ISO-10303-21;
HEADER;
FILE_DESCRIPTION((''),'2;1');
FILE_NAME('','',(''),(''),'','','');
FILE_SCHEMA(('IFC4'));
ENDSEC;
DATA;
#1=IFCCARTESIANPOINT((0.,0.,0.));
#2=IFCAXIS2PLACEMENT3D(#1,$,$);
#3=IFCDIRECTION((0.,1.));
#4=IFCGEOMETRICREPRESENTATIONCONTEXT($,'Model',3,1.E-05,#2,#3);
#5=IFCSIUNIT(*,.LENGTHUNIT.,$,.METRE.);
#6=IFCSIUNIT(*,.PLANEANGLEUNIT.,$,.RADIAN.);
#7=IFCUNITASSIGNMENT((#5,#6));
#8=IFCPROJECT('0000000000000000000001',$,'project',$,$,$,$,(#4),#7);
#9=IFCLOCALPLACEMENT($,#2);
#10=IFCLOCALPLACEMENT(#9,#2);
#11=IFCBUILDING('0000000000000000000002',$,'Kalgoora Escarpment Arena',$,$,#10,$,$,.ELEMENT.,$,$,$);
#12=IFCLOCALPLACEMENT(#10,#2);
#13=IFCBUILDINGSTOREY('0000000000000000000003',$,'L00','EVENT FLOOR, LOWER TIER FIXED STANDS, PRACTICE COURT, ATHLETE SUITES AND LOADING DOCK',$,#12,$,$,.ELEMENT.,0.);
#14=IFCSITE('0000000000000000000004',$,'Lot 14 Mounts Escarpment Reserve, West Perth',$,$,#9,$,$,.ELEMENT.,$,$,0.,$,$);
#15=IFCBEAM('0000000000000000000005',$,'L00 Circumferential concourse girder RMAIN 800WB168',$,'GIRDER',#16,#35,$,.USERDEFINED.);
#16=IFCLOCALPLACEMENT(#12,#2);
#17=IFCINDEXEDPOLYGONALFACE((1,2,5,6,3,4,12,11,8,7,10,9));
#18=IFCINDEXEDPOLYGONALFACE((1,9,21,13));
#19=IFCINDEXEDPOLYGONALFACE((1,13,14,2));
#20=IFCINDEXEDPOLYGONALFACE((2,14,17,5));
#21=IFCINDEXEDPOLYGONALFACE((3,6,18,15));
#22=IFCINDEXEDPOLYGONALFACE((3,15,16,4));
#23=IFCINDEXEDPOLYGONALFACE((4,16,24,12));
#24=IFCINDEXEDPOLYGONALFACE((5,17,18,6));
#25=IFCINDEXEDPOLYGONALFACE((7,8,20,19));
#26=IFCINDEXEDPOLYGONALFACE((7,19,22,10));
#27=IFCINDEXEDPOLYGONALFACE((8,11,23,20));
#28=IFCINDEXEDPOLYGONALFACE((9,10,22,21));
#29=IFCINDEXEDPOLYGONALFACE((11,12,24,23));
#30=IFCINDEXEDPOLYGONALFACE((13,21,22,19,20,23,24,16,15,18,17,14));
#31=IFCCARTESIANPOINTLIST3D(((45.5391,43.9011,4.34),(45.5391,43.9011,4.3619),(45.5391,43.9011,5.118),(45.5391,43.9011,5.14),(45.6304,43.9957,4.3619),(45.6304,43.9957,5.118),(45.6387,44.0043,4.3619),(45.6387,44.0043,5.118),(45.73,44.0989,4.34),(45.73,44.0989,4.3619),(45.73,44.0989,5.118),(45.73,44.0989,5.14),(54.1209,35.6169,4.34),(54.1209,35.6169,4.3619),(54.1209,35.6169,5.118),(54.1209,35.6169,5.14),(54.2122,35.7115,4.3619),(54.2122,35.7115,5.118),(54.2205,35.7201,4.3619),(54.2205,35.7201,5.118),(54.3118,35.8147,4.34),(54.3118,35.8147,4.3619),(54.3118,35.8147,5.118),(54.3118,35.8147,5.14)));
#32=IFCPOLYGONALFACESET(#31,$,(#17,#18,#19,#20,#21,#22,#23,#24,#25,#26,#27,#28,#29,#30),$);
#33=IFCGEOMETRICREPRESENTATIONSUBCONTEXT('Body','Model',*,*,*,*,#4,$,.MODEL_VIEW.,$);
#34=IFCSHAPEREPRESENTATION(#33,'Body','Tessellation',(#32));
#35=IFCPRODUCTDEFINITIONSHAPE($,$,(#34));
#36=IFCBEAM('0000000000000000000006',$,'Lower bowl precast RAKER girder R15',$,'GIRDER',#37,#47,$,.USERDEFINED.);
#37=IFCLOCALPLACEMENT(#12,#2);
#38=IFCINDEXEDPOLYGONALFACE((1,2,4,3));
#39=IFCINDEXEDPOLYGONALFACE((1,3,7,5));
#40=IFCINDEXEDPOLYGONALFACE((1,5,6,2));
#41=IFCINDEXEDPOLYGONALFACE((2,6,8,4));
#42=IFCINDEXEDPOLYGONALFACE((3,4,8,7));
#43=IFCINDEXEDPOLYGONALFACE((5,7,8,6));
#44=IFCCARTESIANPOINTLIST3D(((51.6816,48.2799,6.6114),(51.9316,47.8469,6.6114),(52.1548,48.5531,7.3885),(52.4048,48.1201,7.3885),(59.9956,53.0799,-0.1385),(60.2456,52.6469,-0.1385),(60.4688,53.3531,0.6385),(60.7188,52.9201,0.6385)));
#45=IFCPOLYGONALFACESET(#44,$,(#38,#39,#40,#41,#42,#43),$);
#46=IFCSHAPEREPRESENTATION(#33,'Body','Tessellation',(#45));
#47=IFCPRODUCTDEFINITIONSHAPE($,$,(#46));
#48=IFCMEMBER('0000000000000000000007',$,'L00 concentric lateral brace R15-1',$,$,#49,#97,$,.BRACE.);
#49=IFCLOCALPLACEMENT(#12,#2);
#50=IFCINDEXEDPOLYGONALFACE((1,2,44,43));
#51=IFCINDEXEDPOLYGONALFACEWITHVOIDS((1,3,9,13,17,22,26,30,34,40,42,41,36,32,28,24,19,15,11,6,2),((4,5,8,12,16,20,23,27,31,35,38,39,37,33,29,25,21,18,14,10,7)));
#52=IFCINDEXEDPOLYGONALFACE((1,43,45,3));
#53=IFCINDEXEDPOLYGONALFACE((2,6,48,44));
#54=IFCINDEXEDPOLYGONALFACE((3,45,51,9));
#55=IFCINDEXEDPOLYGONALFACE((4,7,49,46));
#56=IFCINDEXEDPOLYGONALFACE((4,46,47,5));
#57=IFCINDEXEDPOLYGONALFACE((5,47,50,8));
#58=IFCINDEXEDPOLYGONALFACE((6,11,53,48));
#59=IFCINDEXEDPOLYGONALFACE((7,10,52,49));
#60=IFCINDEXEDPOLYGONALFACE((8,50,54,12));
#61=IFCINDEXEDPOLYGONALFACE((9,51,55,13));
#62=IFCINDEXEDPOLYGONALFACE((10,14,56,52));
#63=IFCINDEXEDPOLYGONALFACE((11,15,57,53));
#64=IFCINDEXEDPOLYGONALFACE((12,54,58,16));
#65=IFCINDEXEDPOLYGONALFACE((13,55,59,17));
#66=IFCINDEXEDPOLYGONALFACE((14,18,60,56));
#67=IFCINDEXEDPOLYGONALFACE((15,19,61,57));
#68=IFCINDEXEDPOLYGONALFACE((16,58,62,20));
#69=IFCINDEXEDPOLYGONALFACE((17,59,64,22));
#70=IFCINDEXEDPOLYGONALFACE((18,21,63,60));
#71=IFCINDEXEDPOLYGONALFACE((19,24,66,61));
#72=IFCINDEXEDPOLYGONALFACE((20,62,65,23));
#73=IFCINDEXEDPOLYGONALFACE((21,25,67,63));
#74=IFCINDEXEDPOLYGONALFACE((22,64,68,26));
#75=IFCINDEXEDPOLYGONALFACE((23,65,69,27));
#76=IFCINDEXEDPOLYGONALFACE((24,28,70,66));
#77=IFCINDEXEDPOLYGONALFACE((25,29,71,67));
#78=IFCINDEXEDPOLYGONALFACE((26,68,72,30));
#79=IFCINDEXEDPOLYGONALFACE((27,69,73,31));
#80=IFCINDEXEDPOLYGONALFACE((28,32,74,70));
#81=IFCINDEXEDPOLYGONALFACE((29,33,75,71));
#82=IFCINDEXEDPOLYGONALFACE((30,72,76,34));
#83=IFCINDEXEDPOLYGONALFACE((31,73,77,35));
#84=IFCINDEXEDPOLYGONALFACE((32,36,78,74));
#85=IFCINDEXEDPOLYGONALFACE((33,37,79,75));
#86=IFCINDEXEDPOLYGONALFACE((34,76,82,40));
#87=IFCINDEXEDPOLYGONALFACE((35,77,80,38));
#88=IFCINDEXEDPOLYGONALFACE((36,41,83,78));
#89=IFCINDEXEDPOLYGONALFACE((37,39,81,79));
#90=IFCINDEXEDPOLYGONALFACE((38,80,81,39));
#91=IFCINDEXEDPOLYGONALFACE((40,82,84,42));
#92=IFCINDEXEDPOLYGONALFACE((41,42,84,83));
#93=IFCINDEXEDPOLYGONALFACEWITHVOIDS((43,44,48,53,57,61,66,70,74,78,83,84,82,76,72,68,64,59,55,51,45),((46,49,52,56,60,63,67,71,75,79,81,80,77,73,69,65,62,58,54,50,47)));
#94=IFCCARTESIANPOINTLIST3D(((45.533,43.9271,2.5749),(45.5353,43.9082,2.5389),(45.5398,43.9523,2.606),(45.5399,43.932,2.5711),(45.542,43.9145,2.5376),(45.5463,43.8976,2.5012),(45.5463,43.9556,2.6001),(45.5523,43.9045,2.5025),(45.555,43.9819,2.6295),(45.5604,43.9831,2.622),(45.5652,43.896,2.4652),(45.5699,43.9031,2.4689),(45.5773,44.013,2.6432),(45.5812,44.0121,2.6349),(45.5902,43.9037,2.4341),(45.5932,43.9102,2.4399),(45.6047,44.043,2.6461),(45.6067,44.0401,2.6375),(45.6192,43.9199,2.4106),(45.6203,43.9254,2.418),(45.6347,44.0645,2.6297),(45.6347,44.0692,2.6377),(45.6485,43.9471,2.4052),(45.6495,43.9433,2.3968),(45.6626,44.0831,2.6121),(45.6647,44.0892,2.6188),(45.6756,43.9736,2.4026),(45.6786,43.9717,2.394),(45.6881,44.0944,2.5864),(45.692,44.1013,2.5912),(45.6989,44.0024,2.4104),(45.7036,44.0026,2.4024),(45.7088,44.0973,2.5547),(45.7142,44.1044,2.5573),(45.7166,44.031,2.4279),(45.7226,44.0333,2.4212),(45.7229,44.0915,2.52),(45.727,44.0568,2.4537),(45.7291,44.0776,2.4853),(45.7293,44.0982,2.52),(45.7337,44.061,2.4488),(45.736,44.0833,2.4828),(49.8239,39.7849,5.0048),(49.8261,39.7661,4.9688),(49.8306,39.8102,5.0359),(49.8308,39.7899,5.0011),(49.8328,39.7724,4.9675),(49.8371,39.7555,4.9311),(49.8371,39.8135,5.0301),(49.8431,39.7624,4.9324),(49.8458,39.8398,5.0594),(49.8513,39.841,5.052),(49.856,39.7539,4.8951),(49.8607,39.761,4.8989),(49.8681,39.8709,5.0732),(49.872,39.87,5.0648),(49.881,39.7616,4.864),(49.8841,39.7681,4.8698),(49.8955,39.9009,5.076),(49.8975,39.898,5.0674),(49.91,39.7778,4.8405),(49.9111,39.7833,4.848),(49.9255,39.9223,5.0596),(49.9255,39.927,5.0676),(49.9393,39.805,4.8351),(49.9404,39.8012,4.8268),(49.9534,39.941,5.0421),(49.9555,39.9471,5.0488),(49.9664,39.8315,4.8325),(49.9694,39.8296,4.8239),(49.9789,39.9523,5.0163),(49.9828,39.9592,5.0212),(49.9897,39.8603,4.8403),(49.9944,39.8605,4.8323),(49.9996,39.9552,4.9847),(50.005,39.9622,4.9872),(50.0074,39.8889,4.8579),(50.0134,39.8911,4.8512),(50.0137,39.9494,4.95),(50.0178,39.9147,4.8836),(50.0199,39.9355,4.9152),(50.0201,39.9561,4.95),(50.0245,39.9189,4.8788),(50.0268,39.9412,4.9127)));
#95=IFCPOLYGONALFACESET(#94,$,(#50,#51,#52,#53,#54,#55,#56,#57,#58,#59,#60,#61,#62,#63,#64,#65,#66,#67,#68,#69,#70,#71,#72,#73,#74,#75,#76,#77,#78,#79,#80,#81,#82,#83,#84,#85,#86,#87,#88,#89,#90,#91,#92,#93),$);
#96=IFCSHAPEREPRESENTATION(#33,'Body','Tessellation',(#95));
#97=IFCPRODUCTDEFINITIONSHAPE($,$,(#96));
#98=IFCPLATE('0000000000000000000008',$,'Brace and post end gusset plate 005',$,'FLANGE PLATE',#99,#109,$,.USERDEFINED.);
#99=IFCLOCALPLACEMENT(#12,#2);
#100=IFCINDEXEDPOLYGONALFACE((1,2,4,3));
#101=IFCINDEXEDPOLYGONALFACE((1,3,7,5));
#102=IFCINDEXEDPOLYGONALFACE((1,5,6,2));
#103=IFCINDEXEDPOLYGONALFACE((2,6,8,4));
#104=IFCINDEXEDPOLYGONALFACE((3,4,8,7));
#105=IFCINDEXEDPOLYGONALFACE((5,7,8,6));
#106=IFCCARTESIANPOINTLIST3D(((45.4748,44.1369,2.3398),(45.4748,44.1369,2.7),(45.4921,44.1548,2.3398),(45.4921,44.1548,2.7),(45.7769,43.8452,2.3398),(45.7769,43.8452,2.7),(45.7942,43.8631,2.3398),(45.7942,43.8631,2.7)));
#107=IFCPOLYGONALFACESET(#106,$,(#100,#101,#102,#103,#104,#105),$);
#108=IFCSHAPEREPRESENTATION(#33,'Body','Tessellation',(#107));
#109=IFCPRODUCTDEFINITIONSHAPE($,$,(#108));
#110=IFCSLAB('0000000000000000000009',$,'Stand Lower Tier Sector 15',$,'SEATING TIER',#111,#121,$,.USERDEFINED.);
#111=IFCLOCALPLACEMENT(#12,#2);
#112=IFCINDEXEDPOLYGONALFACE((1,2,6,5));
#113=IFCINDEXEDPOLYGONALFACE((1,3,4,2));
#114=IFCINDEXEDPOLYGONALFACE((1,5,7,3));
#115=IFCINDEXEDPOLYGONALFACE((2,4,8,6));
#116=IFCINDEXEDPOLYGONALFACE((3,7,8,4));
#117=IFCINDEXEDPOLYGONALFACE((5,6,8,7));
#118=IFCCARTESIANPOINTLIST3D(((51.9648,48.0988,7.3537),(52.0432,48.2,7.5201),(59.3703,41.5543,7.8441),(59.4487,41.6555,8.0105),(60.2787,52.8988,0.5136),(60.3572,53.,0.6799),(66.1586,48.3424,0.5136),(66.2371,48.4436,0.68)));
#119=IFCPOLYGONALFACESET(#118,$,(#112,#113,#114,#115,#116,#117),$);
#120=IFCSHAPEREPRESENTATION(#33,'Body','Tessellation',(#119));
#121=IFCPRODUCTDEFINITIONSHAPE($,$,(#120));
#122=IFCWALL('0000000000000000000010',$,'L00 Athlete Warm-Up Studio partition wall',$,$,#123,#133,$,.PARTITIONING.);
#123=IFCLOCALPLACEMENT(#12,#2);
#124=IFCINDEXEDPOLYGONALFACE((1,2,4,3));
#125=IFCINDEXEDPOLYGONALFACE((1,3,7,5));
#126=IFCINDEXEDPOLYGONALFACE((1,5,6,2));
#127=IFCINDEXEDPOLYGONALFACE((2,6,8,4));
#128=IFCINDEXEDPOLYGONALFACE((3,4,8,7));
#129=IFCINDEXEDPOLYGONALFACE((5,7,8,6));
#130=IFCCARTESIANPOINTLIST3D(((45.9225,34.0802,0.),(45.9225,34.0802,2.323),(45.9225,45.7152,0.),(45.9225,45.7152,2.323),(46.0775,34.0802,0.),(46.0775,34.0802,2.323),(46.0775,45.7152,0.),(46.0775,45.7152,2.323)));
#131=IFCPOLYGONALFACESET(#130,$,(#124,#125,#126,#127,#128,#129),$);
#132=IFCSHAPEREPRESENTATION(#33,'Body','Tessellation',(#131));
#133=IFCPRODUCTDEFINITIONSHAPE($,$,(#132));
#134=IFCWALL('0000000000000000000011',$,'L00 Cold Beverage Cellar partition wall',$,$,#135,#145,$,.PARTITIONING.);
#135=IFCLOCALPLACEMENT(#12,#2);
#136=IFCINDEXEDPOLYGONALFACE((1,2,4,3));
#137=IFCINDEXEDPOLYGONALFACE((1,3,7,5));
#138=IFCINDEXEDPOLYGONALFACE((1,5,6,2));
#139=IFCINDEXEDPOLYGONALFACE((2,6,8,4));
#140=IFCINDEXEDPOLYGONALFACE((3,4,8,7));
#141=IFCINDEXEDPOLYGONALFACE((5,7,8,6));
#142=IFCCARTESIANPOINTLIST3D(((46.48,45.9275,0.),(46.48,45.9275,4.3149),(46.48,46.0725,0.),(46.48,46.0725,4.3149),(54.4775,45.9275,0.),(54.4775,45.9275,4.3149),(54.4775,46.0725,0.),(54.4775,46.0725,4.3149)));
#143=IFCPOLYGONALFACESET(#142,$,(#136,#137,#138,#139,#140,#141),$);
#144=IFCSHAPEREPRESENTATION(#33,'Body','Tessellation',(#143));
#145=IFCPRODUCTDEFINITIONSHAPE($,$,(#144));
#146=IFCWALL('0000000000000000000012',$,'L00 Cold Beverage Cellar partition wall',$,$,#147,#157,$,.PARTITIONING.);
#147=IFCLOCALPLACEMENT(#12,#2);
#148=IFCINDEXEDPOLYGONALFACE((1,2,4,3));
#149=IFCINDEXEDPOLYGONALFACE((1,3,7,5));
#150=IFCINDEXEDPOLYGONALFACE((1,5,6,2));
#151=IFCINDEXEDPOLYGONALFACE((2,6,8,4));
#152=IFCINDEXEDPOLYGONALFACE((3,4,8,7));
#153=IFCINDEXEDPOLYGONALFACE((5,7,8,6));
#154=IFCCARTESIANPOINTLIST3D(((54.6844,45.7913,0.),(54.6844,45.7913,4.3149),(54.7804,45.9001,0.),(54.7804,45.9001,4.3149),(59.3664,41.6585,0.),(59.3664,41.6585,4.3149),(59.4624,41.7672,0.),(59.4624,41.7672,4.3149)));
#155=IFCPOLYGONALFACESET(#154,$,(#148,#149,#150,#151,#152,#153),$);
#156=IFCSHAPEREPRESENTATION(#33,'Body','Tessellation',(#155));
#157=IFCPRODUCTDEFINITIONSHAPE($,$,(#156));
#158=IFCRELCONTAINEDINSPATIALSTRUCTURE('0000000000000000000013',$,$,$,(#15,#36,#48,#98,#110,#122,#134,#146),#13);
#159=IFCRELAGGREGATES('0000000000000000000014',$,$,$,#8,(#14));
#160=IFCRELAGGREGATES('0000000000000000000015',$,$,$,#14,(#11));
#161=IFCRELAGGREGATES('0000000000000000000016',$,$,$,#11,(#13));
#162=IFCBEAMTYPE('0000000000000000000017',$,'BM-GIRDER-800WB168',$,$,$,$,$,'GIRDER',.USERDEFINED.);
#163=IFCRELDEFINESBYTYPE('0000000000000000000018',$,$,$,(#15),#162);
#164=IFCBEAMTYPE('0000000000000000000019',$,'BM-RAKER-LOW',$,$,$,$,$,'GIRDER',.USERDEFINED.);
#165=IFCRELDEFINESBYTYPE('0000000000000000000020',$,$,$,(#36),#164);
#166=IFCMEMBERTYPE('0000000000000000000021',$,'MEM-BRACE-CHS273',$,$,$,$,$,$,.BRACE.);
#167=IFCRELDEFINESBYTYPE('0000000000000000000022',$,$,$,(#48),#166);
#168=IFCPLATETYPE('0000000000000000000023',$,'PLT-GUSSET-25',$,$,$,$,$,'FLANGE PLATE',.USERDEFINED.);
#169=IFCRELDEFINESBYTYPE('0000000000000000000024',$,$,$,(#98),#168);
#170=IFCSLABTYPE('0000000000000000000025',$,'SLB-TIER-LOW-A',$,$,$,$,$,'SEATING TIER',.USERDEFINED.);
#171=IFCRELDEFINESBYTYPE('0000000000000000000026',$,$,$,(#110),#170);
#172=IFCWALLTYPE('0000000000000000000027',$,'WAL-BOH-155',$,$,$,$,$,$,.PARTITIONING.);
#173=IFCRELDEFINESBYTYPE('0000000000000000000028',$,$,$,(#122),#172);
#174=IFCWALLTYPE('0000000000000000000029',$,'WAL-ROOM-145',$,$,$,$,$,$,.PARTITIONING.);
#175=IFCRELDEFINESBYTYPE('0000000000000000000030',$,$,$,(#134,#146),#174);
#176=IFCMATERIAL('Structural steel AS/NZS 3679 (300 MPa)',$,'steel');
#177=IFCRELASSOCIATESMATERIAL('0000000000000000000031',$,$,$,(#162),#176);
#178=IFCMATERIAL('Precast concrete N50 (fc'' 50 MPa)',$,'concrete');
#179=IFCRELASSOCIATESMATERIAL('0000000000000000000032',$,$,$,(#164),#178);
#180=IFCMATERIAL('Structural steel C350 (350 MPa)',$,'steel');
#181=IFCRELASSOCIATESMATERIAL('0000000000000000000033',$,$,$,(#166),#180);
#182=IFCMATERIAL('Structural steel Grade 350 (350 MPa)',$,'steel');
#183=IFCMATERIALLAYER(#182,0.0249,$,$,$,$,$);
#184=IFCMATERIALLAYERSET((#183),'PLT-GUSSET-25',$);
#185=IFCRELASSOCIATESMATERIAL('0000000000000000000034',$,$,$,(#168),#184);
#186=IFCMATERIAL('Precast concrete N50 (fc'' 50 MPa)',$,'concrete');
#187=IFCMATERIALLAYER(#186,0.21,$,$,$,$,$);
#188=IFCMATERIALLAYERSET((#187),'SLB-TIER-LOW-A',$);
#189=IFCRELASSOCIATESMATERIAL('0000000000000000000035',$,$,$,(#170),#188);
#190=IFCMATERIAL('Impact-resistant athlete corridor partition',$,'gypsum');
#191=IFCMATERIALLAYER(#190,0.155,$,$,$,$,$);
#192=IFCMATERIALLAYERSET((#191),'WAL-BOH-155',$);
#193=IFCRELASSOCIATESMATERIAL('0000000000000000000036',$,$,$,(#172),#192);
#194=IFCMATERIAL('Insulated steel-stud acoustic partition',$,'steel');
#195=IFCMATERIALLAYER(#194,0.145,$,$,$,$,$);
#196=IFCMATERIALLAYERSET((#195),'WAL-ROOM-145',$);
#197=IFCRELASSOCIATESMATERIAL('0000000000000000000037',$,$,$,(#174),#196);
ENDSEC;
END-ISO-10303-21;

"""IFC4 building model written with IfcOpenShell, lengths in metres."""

from ifc_helpers import new_model, si_unit, direction, frame, frame_2d, origin, origin_2d, place, context, subcontext, project, spatial, polyline, rectangle, hollow_circle, i_section, outline, extrude, material, layer, layer_set, material_profile, profile_set, type_object, element, save


model = new_model("IFC4")

# Units and contexts
model_context = context("Model", 3, precision=1e-05, world=origin(), true_north=direction((0.0, 1.0)))
body_context = subcontext(model_context, "Body", "Model", "MODEL_VIEW")
ifc_project = project(units=[si_unit("LENGTHUNIT", "METRE"), si_unit("PLANEANGLEUNIT", "RADIAN")], contexts=[model_context])

# Site, building, storey
site_placement = place(None, origin())
site = spatial("IfcSite", under=ifc_project, at=site_placement, Name="Lot 14 Mounts Escarpment Reserve, West Perth", CompositionType="ELEMENT", RefElevation=0.0)
building_placement = place(site_placement, origin())
building = spatial("IfcBuilding", under=site, at=building_placement, Name="Kalgoora Escarpment Arena", CompositionType="ELEMENT")
storey_placement = place(building_placement, origin())
storey = spatial("IfcBuildingStorey", under=building, at=storey_placement, Name="L00", Description="EVENT FLOOR, LOWER TIER FIXED STANDS, PRACTICE COURT, ATHLETE SUITES AND LOADING DOCK", CompositionType="ELEMENT", Elevation=0.0)

# Beams
ifc_material_1 = material(Name="Structural steel AS/NZS 3679 (300 MPa)", Category="steel")
ifc_material_profile_1 = material_profile(ifc_material_1, i_section(OverallWidth=0.2749, OverallDepth=0.8, WebThickness=0.012, FlangeThickness=0.022, at=origin_2d()))
ifc_profile_set_1 = profile_set([ifc_material_profile_1], Name="Structural steel AS/NZS 3679 (300 MPa)")
beam_type_1 = type_object("IfcBeamType", Name="BM-GIRDER-800WB168", ElementType="GIRDER", PredefinedType="USERDEFINED", material=ifc_profile_set_1)
beam_1_placement = place(storey_placement, frame((45.6345, 44.0, 4.74), z_axis=(0.719472, -0.694521, 0.0), x_axis=(0.694521, 0.719472, 0.0)))
element("IfcBeam", 1, at=beam_1_placement, inside=storey, type_object=beam_type_1, Name="L00 Circumferential concourse girder RMAIN 800WB168", ObjectType="GIRDER", PredefinedType="USERDEFINED", context=body_context, shape_type="SweptSolid", body=[
    extrude(i_section(OverallWidth=0.2749, OverallDepth=0.8, WebThickness=0.012, FlangeThickness=0.022, at=origin_2d()), origin(), (0.0, 0.0, 1.0), 11.928),
])
ifc_material_2 = material(Name="Precast concrete N50 (fc' 50 MPa)", Category="concrete")
ifc_material_profile_2 = material_profile(ifc_material_2, rectangle(XDim=0.5, YDim=0.95, at=origin_2d()))
ifc_profile_set_2 = profile_set([ifc_material_profile_2], Name="Precast concrete N50 (fc' 50 MPa)")
beam_type_2 = type_object("IfcBeamType", Name="BM-RAKER-LOW", ElementType="GIRDER", PredefinedType="USERDEFINED", material=ifc_profile_set_2)
beam_2_placement = place(storey_placement, frame((60.3572, 53.0, 0.25), z_axis=(-0.708438, -0.409015, 0.575172), x_axis=(0.499998, -0.866026, 0.0)))
element("IfcBeam", 2, at=beam_2_placement, inside=storey, type_object=beam_type_2, Name="Lower bowl precast RAKER girder R15", ObjectType="GIRDER", PredefinedType="USERDEFINED", context=body_context, shape_type="SweptSolid", body=[
    extrude(rectangle(XDim=0.5, YDim=0.95, at=origin_2d()), origin(), (0.0, 0.0, 1.0), 11.7356),
])

# Member
ifc_material_3 = material(Name="Structural steel C350 (350 MPa)", Category="steel")
ifc_material_profile_3 = material_profile(ifc_material_3, hollow_circle(Radius=0.1365, WallThickness=0.0093, at=origin_2d()))
ifc_profile_set_3 = profile_set([ifc_material_profile_3], Name="Structural steel C350 (350 MPa)")
member_type = type_object("IfcMemberType", Name="MEM-BRACE-CHS273", PredefinedType="BRACE", material=ifc_profile_set_3)
member_placement = place(storey_placement, frame((45.6345, 44.0, 2.52), z_axis=(0.66628, -0.643193, 0.377325), x_axis=(0.694532, 0.719462, 0.0)))
element("IfcMember", 3, at=member_placement, inside=storey, type_object=member_type, Name="L00 concentric lateral brace R15-1", PredefinedType="BRACE", context=body_context, shape_type="SweptSolid", body=[
    extrude(hollow_circle(Radius=0.1365, WallThickness=0.0093, at=origin_2d()), origin(), (0.0, 0.0, 1.0), 6.4399),
])

# Plate
ifc_material_4 = material(Name="Structural steel Grade 350 (350 MPa)", Category="steel")
ifc_layer_1 = layer(ifc_material_4, 0.0249)
ifc_layer_set_1 = layer_set([ifc_layer_1], Name="PLT-GUSSET-25")
plate_type = type_object("IfcPlateType", Name="PLT-GUSSET-25", ElementType="FLANGE PLATE", PredefinedType="USERDEFINED", material=ifc_layer_set_1)
plate_placement = place(storey_placement, frame((45.6345, 44.0, 2.3398), z_axis=(0.0, 0.0, 1.0), x_axis=(0.71934, -0.694658, 0.0)))
element("IfcPlate", 4, at=plate_placement, inside=storey, type_object=plate_type, Name="Brace and post end gusset plate 005", ObjectType="FLANGE PLATE", PredefinedType="USERDEFINED", context=body_context, shape_type="SweptSolid", body=[
    extrude(rectangle(XDim=0.4199, YDim=0.0249, at=origin_2d()), origin(), (0.0, 0.0, 1.0), 0.3601),
])

# Slab
ifc_material_5 = material(Name="Precast concrete N50 (fc' 50 MPa)", Category="concrete")
ifc_layer_2 = layer(ifc_material_5, 0.21)
ifc_layer_set_2 = layer_set([ifc_layer_2], Name="SLB-TIER-LOW-A")
slab_type = type_object("IfcSlabType", Name="SLB-TIER-LOW-A", ElementType="SEATING TIER", PredefinedType="USERDEFINED", material=ifc_layer_set_2)
slab_placement = place(storey_placement, frame((60.3572, 53.0, 0.6799), z_axis=(0.373604, 0.48214, 0.79244), x_axis=(0.790452, -0.612524, 0.000008)))
element("IfcSlab", 5, at=slab_placement, inside=storey, type_object=slab_type, Name="Stand Lower Tier Sector 15", ObjectType="SEATING TIER", PredefinedType="USERDEFINED", context=body_context, shape_type="SweptSolid", body=[
    extrude(outline(polyline([(0.0, 0.0), (7.4387, 0.0), (6.2307, -12.0182), (-3.6316, -11.2143), (0.0, 0.0)])), origin(), (0.0, 0.0, -1.0), 0.21),
])

# Walls
ifc_material_6 = material(Name="Impact-resistant athlete corridor partition", Category="gypsum")
ifc_layer_3 = layer(ifc_material_6, 0.155)
ifc_layer_set_3 = layer_set([ifc_layer_3], Name="WAL-BOH-155")
wall_type_1 = type_object("IfcWallType", Name="WAL-BOH-155", PredefinedType="PARTITIONING", material=ifc_layer_set_3)
wall_1_placement = place(storey_placement, frame((46.0, 45.7151, 0.0), z_axis=(0.0, 0.0, 1.0), x_axis=(0.0, -1.0, 0.0)))
element("IfcWall", 6, at=wall_1_placement, inside=storey, type_object=wall_type_1, Name="L00 Athlete Warm-Up Studio partition wall", PredefinedType="PARTITIONING", context=body_context, shape_type="SweptSolid", body=[
    extrude(rectangle(XDim=11.635, YDim=0.155, at=frame_2d((5.8174, 0.0))), origin(), (0.0, 0.0, 1.0), 2.323),
])
ifc_material_7 = material(Name="Insulated steel-stud acoustic partition", Category="steel")
ifc_layer_4 = layer(ifc_material_7, 0.145)
ifc_layer_set_4 = layer_set([ifc_layer_4], Name="WAL-ROOM-145")
wall_type_2 = type_object("IfcWallType", Name="WAL-ROOM-145", PredefinedType="PARTITIONING", material=ifc_layer_set_4)
wall_2_placement = place(storey_placement, frame((46.48, 46.0, 0.0), z_axis=(0.0, 0.0, 1.0), x_axis=(1.0, 0.0, 0.0)))
element("IfcWall", 7, at=wall_2_placement, inside=storey, type_object=wall_type_2, Name="L00 Cold Beverage Cellar partition wall", PredefinedType="PARTITIONING", context=body_context, shape_type="SweptSolid", body=[
    extrude(rectangle(XDim=7.9976, YDim=0.145, at=frame_2d((3.9988, 0.0))), origin(), (0.0, 0.0, 1.0), 4.3149),
])
wall_3_placement = place(storey_placement, frame((54.7324, 45.8457, 0.0), z_axis=(0.0, 0.0, 1.0), x_axis=(0.7497, -0.661778, 0.0)))
element("IfcWall", 8, at=wall_3_placement, inside=storey, type_object=wall_type_2, Name="L00 Cold Beverage Cellar partition wall", PredefinedType="PARTITIONING", context=body_context, shape_type="SweptSolid", body=[
    extrude(rectangle(XDim=6.2451, YDim=0.145, at=frame_2d((3.1226, 0.0))), origin(), (0.0, 0.0, 1.0), 4.3149),
])

save(model, "model.ifc")
